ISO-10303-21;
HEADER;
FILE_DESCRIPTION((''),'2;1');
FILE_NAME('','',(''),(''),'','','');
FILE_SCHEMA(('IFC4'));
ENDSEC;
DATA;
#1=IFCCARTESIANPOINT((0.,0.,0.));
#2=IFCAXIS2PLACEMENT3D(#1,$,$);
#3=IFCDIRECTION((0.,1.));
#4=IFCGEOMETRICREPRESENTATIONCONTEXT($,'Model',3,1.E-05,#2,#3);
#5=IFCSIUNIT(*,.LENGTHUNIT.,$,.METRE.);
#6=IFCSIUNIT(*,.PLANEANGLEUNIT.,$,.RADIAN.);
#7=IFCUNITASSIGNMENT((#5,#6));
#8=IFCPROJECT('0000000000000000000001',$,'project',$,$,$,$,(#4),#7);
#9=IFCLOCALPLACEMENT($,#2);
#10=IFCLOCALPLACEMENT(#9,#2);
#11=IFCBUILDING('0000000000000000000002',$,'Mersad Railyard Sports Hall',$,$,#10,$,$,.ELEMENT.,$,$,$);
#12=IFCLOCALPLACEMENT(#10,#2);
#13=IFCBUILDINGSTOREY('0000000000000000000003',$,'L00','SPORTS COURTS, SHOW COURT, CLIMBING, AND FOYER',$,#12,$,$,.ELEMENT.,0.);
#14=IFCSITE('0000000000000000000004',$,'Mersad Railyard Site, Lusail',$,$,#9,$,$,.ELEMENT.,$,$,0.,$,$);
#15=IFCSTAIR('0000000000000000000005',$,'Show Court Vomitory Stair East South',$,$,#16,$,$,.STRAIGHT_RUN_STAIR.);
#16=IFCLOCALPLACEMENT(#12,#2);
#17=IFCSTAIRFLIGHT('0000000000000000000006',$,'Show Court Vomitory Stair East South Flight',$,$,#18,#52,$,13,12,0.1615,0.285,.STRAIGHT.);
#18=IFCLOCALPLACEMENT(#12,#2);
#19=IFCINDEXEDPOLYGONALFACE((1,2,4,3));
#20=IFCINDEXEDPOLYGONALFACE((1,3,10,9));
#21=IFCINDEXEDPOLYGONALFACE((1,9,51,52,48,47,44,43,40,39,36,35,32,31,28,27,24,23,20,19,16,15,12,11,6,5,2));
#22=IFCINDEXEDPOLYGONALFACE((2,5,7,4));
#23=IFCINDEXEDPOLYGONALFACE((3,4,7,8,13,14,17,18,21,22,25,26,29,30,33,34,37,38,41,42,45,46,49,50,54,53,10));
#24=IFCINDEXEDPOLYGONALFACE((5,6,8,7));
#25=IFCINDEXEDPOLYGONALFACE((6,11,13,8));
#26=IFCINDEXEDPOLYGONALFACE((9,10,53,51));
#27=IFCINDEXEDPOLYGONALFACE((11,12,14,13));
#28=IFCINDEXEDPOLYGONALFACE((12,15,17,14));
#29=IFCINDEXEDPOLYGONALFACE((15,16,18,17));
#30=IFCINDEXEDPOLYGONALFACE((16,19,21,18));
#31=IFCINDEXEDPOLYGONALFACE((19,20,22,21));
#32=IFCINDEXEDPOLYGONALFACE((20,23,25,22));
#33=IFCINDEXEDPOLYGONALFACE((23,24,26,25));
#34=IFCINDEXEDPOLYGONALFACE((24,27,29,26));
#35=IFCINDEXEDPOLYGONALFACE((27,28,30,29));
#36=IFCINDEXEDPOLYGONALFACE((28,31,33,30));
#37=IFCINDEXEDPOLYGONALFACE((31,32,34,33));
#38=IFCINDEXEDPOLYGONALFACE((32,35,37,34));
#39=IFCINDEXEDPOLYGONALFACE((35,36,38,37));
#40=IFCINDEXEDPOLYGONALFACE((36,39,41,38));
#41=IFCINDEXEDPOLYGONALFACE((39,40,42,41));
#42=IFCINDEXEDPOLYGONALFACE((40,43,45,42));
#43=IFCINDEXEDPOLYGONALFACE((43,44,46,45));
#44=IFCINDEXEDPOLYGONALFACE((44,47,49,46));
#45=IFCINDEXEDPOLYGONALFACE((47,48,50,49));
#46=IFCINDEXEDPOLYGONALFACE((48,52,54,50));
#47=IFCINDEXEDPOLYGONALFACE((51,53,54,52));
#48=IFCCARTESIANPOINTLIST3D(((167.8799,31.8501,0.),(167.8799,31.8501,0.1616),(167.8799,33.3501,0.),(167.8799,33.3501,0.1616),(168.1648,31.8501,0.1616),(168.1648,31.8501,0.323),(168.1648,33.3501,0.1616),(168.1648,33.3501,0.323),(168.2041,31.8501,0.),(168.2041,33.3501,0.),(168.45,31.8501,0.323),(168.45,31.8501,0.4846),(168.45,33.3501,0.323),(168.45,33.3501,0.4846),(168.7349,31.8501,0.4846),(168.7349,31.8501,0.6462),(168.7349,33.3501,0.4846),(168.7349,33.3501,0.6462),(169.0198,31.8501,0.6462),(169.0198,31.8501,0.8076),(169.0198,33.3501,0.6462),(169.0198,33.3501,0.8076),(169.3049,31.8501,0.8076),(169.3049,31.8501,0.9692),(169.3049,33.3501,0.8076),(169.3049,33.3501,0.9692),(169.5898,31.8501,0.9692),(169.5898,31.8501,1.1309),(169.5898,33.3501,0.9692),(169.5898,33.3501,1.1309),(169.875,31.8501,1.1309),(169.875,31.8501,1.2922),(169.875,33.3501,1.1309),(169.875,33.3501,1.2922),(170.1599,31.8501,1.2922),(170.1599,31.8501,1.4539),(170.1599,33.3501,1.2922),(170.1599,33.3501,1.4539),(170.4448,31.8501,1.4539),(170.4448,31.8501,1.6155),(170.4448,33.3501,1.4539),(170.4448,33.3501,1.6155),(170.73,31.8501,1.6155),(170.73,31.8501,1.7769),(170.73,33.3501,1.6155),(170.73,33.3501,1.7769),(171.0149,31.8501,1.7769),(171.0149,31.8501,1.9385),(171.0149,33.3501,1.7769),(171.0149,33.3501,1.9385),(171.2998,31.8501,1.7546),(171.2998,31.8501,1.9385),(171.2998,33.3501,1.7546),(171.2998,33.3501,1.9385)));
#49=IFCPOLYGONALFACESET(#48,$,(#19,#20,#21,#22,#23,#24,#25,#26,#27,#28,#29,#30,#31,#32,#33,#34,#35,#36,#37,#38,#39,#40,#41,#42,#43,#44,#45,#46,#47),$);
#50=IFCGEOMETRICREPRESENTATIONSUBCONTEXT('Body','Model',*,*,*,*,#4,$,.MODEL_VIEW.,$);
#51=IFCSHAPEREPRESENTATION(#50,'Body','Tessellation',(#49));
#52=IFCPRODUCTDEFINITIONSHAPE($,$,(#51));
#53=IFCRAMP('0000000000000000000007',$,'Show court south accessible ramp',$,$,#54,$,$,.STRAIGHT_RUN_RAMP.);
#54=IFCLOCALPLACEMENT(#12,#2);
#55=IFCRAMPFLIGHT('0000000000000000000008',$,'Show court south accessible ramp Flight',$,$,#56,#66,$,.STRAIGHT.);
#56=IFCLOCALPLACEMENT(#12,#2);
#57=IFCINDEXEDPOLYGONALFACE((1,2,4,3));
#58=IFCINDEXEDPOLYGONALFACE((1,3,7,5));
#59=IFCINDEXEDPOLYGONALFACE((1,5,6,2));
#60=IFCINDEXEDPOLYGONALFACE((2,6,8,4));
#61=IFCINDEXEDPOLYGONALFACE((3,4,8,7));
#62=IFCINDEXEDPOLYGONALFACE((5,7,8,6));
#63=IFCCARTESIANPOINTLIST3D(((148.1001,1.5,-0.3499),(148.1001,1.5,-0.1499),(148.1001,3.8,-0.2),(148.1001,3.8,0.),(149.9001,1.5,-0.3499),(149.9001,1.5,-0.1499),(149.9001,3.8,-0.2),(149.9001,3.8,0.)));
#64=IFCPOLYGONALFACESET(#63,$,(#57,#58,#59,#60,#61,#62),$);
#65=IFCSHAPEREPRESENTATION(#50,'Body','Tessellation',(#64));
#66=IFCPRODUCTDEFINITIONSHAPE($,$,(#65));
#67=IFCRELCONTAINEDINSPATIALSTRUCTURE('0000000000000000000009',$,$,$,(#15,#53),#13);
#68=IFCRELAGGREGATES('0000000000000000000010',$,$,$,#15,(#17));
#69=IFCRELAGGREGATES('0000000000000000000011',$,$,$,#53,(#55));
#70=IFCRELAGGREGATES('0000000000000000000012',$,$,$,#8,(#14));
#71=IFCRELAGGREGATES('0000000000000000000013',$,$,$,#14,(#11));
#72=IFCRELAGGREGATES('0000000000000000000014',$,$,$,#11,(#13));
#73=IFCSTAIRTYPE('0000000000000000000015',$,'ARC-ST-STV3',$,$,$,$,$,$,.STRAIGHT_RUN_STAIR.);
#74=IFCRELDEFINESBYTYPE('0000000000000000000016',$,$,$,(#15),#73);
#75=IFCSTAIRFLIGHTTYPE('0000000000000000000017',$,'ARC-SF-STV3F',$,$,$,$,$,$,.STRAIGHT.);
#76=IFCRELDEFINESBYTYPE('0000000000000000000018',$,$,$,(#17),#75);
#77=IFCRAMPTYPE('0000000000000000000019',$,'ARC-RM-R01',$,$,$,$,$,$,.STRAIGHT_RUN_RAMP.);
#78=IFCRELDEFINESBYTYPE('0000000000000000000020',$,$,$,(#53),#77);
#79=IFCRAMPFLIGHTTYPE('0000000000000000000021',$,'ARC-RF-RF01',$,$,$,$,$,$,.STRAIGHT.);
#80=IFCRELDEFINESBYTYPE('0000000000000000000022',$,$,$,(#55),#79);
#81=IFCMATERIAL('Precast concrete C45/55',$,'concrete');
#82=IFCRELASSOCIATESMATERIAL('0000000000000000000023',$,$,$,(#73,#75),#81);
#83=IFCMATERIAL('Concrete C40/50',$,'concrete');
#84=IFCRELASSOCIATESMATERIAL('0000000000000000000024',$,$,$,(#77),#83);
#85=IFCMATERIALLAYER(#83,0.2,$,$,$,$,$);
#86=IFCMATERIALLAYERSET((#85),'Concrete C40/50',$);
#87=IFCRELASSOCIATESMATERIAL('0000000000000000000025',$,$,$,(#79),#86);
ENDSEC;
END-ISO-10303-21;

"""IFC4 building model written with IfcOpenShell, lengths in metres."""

from ifc_helpers import new_model, si_unit, direction, frame, origin, place, context, subcontext, project, spatial, polyline, outline, extrude, material, layer, layer_set, type_object, element, aggregate, save


model = new_model("IFC4")

# Units and contexts
model_context = context("Model", 3, precision=1e-05, world=origin(), true_north=direction((0.0, 1.0)))
body_context = subcontext(model_context, "Body", "Model", "MODEL_VIEW")
ifc_project = project(units=[si_unit("LENGTHUNIT", "METRE"), si_unit("PLANEANGLEUNIT", "RADIAN")], contexts=[model_context])

# Site, building, storey
site_placement = place(None, origin())
site = spatial("IfcSite", under=ifc_project, at=site_placement, Name="Mersad Railyard Site, Lusail", CompositionType="ELEMENT", RefElevation=0.0)
building_placement = place(site_placement, origin())
building = spatial("IfcBuilding", under=site, at=building_placement, Name="Mersad Railyard Sports Hall", CompositionType="ELEMENT")
storey_placement = place(building_placement, origin())
storey = spatial("IfcBuildingStorey", under=building, at=storey_placement, Name="L00", Description="SPORTS COURTS, SHOW COURT, CLIMBING, AND FOYER", CompositionType="ELEMENT", Elevation=0.0)

# Shared definitions
ifc_material_1 = material(Name="Concrete C40/50", Category="concrete")

# Stair, stair flight
ifc_material_2 = material(Name="Precast concrete C45/55", Category="concrete")
stair_type_1 = type_object("IfcStairType", Name="ARC-ST-STV3", PredefinedType="STRAIGHT_RUN_STAIR", material=ifc_material_2)
stair_1_placement = place(storey_placement, origin())
stair_1 = element("IfcStair", 1, at=stair_1_placement, inside=storey, type_object=stair_type_1, Name="Show Court Vomitory Stair East South", PredefinedType="STRAIGHT_RUN_STAIR")
stair_flight_type_1 = type_object("IfcStairFlightType", Name="ARC-SF-STV3F", PredefinedType="STRAIGHT", material=ifc_material_2)
stair_flight_1_placement = place(storey_placement, frame((167.8799, 32.6001, 0.0), z_axis=(0.0, 0.0, 1.0), x_axis=(1.0, 0.0, 0.0)))
stair_flight_1 = element("IfcStairFlight", 2, at=stair_flight_1_placement, type_object=stair_flight_type_1, Name="Show Court Vomitory Stair East South Flight", NumberOfRisers=13, NumberOfTreads=12, PredefinedType="STRAIGHT", RiserHeight=0.1615, TreadLength=0.285, context=body_context, shape_type="SweptSolid", body=[
    extrude(outline(polyline([(0.0, 0.0), (0.0, 0.1616), (0.2849, 0.1616), (0.2849, 0.323), (0.5701, 0.323), (0.5701, 0.4846), (0.855, 0.4846), (0.855, 0.6462), (1.1399, 0.6462), (1.1399, 0.8076), (1.425, 0.8076), (1.425, 0.9692), (1.71, 0.9692), (1.71, 1.1309), (1.9951, 1.1309), (1.9951, 1.2922), (2.28, 1.2922), (2.28, 1.4539), (2.5649, 1.4539), (2.5649, 1.6155), (2.8501, 1.6155), (2.8501, 1.7769), (3.135, 1.7769), (3.135, 1.9385), (3.4199, 1.9385), (3.4199, 2.1001), (3.4199, 1.7546), (0.3242, 0.0), (0.0, 0.0)])), frame((0.0, 0.75, 0.0), z_axis=(0.0, -1.0, 0.0), x_axis=(1.0, 0.0, 0.0)), (0.0, 0.0, 1.0), 1.5),
])
aggregate(stair_1, [stair_flight_1])

# Ramp, ramp flight
ramp_type = type_object("IfcRampType", Name="ARC-RM-R01", PredefinedType="STRAIGHT_RUN_RAMP", material=ifc_material_1)
ramp_placement = place(storey_placement, origin())
ramp = element("IfcRamp", 3, at=ramp_placement, inside=storey, type_object=ramp_type, Name="Show court south accessible ramp", PredefinedType="STRAIGHT_RUN_RAMP")
ifc_layer_1 = layer(ifc_material_1, 0.2)
ifc_layer_set_1 = layer_set([ifc_layer_1], Name="Concrete C40/50")
ramp_flight_type = type_object("IfcRampFlightType", Name="ARC-RF-RF01", PredefinedType="STRAIGHT", material=ifc_layer_set_1)
ramp_flight_placement = place(storey_placement, frame((149.0, 1.5, -0.1499), z_axis=(0.0, 0.0, 1.0), x_axis=(0.0, 1.0, 0.0)))
ramp_flight = element("IfcRampFlight", 4, at=ramp_flight_placement, type_object=ramp_flight_type, Name="Show court south accessible ramp Flight", PredefinedType="STRAIGHT", context=body_context, shape_type="SweptSolid", body=[
    extrude(outline(polyline([(0.0, -0.2), (0.0, 0.0), (2.3, 0.1499), (2.3, -0.05), (0.0, -0.2)])), frame((0.0, 0.8999, 0.0), z_axis=(0.0, -1.0, 0.0), x_axis=(1.0, 0.0, 0.0)), (0.0, 0.0, 1.0), 1.8),
])
aggregate(ramp, [ramp_flight])

save(model, "model.ifc")
